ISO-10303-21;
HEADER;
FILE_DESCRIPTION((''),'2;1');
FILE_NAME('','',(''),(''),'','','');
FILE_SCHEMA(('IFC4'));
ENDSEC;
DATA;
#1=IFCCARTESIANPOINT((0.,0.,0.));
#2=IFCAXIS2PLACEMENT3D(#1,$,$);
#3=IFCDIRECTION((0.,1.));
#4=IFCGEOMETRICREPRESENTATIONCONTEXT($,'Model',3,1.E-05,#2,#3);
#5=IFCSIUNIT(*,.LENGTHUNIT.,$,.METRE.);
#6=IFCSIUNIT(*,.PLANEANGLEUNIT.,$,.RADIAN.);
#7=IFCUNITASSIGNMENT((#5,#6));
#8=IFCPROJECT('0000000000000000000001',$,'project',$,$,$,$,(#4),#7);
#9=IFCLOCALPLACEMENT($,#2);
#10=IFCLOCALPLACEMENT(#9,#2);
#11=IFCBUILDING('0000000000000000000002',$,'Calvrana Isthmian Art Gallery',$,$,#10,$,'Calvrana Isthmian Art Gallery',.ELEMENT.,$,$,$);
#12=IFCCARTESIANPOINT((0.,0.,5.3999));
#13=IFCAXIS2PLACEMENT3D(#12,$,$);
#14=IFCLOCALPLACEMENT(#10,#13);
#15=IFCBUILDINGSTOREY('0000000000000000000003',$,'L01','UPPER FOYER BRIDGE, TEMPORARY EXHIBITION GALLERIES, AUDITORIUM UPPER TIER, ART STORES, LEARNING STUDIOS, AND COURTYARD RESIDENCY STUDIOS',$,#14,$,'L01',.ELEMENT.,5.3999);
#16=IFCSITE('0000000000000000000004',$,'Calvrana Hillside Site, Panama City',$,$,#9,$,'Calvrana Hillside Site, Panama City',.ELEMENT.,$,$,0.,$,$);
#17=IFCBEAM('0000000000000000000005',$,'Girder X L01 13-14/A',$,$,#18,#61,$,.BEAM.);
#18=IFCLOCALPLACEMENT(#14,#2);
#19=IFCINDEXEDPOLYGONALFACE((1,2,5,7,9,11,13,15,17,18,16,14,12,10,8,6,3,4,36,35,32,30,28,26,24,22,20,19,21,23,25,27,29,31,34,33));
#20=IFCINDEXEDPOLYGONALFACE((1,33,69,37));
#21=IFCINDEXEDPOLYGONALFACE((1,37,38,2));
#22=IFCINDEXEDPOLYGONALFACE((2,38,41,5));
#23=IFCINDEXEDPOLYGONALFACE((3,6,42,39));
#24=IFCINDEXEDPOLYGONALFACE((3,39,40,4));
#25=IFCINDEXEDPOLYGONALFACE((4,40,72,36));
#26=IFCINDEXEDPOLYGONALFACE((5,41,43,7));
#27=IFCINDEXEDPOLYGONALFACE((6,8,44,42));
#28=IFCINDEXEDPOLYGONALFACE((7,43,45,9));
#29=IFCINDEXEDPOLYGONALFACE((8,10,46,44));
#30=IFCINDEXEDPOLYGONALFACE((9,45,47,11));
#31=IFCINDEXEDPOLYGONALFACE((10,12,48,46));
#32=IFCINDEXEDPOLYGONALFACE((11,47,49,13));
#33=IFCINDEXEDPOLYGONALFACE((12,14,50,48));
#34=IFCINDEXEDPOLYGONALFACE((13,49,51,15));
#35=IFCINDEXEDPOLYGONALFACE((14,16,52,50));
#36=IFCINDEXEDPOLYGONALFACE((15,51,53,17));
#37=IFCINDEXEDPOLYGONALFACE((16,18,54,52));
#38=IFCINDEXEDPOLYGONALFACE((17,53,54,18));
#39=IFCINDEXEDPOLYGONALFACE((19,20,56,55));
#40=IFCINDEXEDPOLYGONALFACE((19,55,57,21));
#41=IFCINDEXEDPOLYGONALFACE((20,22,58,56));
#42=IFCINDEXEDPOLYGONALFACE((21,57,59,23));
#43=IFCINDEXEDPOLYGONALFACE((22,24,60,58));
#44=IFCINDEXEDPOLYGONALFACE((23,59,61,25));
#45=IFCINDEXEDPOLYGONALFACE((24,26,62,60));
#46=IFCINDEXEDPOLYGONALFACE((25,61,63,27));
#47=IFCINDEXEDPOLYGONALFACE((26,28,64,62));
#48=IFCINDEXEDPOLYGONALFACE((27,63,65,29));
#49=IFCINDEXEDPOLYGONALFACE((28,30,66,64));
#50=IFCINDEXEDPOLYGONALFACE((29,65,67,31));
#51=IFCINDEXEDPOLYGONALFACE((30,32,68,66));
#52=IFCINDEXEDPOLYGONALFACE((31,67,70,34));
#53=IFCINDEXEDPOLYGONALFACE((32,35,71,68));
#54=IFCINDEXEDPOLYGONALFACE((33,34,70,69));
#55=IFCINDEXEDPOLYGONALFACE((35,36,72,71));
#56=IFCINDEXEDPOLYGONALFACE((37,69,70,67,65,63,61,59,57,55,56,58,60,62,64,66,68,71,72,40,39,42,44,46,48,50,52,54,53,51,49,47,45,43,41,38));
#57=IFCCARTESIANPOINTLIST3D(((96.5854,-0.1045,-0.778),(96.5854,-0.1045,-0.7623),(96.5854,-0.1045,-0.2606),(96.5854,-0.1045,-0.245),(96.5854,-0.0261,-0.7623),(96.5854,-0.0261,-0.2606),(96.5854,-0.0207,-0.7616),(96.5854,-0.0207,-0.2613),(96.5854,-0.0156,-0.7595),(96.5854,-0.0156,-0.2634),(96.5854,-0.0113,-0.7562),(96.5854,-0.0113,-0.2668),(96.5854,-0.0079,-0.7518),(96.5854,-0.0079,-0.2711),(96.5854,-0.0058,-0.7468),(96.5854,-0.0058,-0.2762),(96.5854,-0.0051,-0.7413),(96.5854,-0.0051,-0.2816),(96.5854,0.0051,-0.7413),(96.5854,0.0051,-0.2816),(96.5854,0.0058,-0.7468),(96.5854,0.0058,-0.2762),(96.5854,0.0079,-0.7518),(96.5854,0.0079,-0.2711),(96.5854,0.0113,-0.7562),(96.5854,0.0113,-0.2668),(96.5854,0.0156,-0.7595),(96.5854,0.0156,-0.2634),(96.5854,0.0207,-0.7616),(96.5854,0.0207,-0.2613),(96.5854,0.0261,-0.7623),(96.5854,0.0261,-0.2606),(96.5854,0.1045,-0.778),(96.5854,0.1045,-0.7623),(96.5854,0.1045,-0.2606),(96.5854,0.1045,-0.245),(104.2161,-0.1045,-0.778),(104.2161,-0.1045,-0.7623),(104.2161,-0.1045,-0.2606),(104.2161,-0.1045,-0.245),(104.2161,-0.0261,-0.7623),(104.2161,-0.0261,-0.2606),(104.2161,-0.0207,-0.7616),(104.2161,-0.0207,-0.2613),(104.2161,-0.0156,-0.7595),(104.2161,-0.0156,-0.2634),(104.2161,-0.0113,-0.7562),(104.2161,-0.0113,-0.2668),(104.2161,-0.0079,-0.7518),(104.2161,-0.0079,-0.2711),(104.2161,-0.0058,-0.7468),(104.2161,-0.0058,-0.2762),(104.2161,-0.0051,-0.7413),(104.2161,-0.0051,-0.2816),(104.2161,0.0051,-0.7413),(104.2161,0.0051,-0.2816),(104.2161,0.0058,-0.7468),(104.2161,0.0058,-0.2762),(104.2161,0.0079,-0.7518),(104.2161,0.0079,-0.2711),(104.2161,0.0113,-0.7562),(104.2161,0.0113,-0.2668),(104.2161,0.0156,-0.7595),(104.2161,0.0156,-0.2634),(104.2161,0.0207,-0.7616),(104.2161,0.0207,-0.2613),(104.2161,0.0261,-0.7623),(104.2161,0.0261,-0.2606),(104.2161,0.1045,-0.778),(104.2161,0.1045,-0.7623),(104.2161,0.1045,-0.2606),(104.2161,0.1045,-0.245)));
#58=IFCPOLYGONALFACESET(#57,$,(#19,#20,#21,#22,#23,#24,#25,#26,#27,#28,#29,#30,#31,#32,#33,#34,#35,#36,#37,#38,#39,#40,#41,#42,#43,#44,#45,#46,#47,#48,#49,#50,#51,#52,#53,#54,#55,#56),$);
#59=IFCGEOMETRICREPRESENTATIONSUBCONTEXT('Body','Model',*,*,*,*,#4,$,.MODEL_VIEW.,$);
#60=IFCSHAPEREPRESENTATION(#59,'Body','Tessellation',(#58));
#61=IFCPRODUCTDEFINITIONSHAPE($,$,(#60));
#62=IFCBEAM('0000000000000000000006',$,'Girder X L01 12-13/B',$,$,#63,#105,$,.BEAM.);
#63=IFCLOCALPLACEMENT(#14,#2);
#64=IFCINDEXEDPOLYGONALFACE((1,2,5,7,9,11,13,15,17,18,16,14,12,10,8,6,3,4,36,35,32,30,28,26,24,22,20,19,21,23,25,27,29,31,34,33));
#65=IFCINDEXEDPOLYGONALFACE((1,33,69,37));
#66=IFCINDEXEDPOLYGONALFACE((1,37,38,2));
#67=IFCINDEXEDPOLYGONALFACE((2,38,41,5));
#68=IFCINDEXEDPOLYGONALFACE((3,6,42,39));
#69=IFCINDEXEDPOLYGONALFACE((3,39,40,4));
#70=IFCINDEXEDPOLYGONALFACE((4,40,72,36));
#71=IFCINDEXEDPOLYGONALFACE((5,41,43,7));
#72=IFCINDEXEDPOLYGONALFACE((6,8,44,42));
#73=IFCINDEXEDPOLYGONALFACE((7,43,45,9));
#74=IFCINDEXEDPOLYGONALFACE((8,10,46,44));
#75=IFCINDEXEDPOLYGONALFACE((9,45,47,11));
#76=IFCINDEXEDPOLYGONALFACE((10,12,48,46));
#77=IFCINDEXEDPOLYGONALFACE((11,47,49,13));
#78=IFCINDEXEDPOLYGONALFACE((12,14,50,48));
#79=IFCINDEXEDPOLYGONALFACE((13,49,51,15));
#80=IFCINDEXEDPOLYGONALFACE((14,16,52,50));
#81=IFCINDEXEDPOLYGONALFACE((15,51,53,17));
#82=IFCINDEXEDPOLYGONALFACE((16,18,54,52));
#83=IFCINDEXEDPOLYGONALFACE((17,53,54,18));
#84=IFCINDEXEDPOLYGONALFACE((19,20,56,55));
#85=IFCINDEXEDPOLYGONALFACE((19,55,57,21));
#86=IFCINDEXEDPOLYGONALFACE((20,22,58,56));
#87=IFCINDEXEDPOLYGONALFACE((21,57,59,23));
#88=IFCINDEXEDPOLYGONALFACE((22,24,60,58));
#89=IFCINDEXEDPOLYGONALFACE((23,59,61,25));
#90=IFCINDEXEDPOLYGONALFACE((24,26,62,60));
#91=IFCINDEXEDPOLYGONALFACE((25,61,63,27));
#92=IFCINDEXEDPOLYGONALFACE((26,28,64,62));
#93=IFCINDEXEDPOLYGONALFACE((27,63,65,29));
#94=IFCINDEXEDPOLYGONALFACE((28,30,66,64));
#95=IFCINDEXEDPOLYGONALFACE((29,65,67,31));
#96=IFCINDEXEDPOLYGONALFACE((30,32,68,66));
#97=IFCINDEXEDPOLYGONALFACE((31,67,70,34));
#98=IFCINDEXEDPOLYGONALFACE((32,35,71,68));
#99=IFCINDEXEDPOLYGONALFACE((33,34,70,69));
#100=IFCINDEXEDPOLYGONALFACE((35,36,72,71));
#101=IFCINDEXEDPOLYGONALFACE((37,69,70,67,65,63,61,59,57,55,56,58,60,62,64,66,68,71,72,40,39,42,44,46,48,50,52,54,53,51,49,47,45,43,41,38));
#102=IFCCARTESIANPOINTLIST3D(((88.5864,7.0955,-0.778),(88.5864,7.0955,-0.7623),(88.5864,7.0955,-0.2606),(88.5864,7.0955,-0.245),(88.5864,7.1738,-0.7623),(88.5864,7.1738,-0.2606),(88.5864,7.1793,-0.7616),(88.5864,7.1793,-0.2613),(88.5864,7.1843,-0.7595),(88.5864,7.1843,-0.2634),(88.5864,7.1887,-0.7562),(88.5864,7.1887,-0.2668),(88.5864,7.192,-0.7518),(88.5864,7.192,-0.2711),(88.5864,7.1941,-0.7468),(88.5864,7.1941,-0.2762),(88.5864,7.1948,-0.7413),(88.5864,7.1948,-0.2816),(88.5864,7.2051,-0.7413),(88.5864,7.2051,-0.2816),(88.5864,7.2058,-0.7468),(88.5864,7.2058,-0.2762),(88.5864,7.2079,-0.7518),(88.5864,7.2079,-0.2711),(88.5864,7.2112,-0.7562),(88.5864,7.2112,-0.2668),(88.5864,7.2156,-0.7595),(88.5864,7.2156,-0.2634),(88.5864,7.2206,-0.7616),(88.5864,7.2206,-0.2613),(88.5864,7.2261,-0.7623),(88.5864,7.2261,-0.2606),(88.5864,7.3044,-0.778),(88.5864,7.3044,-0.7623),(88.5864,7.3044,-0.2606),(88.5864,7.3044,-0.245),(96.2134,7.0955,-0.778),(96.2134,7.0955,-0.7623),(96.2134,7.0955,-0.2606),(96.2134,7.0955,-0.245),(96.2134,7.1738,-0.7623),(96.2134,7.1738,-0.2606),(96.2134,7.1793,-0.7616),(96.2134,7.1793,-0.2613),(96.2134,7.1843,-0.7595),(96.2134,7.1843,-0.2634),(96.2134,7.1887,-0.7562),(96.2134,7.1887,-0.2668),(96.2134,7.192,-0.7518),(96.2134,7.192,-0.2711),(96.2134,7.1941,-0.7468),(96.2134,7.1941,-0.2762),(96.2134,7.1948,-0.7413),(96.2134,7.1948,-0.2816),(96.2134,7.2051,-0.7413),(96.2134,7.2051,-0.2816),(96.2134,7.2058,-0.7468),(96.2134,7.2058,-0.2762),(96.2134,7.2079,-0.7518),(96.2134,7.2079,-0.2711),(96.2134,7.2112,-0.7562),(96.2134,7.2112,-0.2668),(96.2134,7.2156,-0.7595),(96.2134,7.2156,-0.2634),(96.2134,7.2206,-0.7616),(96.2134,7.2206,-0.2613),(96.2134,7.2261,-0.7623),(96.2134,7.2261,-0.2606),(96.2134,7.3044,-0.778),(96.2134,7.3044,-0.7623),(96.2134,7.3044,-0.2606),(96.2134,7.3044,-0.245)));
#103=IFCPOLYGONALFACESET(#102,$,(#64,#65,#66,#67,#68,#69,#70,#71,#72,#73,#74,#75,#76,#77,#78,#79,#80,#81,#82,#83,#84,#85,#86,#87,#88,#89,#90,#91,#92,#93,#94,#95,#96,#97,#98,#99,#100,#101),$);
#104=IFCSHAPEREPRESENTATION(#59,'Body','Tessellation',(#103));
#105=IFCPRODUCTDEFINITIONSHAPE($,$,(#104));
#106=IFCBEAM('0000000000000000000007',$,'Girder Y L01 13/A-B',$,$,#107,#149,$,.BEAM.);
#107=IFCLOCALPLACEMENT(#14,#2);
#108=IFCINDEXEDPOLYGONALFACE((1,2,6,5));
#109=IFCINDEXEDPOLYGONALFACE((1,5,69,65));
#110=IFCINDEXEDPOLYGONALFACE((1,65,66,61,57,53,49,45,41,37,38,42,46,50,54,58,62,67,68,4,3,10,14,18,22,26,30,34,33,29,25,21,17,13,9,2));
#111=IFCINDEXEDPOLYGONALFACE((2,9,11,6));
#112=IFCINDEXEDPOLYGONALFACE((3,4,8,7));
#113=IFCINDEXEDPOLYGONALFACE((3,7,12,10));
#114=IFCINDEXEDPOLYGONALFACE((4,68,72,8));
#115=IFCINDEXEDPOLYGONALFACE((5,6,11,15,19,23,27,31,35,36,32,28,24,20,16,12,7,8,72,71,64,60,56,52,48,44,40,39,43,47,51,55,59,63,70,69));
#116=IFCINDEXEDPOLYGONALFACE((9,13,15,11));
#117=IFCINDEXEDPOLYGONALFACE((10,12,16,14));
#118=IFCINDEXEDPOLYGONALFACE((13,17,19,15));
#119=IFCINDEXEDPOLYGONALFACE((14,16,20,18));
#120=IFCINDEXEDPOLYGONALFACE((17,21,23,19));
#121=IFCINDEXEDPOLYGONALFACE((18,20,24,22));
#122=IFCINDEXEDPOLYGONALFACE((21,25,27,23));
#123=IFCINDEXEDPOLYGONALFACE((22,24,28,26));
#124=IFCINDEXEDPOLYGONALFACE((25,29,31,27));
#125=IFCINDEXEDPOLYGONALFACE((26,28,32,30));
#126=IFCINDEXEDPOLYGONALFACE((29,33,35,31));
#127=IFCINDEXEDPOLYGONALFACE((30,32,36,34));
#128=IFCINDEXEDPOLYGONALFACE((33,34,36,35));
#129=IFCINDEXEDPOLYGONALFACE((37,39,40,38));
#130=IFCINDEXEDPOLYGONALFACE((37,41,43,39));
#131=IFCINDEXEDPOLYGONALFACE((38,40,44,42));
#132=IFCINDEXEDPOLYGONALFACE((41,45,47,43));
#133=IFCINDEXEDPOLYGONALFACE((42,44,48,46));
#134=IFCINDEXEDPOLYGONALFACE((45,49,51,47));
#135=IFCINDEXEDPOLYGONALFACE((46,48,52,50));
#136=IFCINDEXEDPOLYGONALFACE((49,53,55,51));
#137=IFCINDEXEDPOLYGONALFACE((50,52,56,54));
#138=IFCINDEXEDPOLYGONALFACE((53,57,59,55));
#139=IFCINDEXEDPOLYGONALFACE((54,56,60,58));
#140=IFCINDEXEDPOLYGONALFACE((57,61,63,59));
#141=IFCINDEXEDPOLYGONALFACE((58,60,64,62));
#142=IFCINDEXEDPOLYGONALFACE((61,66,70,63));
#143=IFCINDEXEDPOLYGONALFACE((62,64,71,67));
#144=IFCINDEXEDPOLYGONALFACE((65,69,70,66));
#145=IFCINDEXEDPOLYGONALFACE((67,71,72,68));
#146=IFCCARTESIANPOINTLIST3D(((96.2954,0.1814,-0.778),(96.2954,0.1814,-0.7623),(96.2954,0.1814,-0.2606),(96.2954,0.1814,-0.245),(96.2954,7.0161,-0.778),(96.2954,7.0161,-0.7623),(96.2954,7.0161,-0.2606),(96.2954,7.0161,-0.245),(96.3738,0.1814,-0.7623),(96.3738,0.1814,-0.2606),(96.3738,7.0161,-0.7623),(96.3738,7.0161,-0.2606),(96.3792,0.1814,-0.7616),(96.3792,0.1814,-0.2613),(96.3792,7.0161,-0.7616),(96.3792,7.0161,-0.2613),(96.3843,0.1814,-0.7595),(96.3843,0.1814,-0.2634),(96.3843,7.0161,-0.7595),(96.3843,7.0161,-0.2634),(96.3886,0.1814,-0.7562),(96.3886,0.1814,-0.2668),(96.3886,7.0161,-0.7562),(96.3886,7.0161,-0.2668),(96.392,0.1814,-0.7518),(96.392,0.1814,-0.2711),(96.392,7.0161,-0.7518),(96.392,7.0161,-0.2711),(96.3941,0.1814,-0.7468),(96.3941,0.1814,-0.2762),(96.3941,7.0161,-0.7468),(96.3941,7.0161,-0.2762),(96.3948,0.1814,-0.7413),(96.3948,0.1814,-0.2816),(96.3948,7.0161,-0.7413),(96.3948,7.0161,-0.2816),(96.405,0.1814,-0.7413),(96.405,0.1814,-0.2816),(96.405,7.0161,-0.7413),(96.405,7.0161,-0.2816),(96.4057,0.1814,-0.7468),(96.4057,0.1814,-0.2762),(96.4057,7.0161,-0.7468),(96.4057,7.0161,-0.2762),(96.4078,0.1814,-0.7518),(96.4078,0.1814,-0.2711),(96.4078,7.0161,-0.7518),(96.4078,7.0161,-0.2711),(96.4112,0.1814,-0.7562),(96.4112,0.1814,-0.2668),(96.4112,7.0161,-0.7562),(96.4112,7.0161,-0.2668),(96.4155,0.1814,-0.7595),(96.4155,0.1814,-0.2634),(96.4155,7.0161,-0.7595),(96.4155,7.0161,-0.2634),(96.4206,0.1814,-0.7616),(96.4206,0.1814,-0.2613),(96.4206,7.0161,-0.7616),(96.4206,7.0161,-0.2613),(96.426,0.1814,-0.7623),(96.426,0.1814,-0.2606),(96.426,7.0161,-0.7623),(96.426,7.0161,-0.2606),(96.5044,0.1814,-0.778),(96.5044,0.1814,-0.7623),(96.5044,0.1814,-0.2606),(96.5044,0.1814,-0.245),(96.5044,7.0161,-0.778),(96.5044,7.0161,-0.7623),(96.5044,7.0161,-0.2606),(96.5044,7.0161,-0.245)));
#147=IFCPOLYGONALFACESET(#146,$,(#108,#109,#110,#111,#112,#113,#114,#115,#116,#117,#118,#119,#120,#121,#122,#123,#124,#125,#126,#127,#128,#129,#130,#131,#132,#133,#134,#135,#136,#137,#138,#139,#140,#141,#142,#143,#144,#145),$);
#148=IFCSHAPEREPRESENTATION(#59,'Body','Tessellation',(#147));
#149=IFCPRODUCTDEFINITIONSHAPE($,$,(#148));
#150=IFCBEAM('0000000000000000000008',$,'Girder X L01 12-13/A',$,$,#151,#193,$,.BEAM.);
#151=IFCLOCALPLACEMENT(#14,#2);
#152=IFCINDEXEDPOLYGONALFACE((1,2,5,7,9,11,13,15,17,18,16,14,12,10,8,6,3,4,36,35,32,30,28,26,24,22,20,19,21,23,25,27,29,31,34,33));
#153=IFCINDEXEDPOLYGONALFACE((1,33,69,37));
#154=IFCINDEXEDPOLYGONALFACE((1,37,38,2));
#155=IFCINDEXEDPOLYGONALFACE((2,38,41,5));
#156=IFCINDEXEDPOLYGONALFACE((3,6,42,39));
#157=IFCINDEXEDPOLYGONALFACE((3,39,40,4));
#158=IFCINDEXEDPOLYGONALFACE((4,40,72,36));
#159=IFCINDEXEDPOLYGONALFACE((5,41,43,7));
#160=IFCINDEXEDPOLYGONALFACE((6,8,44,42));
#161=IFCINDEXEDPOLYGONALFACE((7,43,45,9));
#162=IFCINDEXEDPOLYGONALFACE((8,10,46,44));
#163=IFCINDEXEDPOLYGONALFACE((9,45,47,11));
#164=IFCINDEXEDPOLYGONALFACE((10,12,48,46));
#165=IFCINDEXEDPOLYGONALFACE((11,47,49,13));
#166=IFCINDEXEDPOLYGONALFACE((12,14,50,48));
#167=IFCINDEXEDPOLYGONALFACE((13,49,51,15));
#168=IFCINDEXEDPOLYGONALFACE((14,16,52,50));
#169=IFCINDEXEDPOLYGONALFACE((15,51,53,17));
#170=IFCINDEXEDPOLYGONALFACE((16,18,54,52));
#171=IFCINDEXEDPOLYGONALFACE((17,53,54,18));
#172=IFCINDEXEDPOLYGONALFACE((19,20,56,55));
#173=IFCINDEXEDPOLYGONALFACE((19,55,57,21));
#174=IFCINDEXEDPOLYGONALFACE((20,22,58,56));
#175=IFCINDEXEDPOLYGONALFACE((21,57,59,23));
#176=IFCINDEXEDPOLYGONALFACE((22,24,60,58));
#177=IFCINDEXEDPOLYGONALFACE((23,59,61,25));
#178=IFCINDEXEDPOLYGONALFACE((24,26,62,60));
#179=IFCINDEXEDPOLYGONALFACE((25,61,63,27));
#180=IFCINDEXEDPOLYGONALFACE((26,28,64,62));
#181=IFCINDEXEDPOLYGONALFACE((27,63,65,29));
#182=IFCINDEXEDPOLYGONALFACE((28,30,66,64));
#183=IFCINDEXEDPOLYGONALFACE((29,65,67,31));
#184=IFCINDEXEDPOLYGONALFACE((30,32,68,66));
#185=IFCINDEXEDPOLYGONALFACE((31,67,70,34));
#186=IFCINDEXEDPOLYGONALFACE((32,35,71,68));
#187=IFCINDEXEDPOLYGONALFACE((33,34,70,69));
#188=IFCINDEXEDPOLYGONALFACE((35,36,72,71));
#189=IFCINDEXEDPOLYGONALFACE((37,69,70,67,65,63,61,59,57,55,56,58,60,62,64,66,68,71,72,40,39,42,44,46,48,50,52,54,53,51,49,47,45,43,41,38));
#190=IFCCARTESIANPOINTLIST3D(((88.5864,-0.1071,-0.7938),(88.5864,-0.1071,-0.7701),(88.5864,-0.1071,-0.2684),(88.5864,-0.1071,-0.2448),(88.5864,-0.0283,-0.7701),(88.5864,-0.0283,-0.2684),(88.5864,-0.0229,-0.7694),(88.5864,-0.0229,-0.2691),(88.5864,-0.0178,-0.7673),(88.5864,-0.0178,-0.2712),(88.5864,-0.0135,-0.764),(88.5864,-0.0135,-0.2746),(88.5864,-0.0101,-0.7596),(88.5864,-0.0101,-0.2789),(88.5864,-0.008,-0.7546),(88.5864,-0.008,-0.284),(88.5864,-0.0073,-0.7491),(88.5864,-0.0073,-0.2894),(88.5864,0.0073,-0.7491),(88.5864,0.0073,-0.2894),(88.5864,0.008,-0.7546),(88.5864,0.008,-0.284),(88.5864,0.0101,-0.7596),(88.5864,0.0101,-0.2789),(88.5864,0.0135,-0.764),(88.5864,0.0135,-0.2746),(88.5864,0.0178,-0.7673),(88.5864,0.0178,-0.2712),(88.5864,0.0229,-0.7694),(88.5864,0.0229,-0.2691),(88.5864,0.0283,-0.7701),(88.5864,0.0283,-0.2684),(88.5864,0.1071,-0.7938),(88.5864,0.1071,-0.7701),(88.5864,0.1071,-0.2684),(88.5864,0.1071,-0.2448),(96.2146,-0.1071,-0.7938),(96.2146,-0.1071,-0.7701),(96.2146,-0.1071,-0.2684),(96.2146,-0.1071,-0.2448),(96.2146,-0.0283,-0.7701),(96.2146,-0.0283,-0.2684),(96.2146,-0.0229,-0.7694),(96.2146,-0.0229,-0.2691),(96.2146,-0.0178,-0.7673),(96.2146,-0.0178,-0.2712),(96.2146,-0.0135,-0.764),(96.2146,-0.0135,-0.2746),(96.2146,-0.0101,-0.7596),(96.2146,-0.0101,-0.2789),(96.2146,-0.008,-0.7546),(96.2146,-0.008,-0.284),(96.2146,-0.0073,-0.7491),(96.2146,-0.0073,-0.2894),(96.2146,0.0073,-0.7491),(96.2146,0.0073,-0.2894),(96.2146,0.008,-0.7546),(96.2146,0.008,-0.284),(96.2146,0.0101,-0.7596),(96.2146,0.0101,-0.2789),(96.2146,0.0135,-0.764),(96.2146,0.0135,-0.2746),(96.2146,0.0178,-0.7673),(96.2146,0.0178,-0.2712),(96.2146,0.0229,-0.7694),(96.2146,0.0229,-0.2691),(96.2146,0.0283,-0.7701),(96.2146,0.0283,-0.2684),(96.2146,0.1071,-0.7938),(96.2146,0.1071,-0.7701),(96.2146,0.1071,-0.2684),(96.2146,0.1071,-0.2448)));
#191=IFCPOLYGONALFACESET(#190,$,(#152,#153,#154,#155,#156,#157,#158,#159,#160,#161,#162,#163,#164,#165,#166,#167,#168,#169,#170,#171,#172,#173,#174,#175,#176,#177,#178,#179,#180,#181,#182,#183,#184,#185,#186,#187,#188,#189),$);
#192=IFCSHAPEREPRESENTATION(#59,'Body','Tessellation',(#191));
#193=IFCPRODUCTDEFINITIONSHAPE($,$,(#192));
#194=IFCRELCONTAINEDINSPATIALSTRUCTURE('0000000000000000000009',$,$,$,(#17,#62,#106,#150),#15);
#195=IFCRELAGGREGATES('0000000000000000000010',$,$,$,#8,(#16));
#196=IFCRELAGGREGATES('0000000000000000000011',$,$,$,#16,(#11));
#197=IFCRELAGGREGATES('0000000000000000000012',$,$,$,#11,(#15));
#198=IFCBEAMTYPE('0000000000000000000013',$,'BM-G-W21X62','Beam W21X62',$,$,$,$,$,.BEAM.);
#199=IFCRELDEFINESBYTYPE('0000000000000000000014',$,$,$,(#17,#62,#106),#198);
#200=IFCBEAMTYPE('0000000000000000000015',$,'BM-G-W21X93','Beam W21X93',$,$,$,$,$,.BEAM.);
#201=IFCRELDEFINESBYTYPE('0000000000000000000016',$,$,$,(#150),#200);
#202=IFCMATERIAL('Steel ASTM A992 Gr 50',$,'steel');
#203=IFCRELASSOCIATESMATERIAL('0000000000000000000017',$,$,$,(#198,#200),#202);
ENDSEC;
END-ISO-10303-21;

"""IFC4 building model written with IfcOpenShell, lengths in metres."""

from ifc_helpers import new_model, si_unit, direction, frame, origin, origin_2d, place, context, subcontext, project, spatial, i_section, extrude, material, material_profile, profile_set, type_object, element, save


model = new_model("IFC4")

# Units and contexts
model_context = context("Model", 3, precision=1e-05, world=origin(), true_north=direction((0.0, 1.0)))
body_context = subcontext(model_context, "Body", "Model", "MODEL_VIEW")
ifc_project = project(units=[si_unit("LENGTHUNIT", "METRE"), si_unit("PLANEANGLEUNIT", "RADIAN")], contexts=[model_context])

# Site, building, storey
site_placement = place(None, origin())
site = spatial("IfcSite", under=ifc_project, at=site_placement, Name="Calvrana Hillside Site, Panama City", LongName="Calvrana Hillside Site, Panama City", CompositionType="ELEMENT", RefElevation=0.0)
building_placement = place(site_placement, origin())
building = spatial("IfcBuilding", under=site, at=building_placement, Name="Calvrana Isthmian Art Gallery", LongName="Calvrana Isthmian Art Gallery", CompositionType="ELEMENT")
storey_placement = place(building_placement, frame((0.0, 0.0, 5.3999)))
storey = spatial("IfcBuildingStorey", under=building, at=storey_placement, Name="L01", Description="UPPER FOYER BRIDGE, TEMPORARY EXHIBITION GALLERIES, AUDITORIUM UPPER TIER, ART STORES, LEARNING STUDIOS, AND COURTYARD RESIDENCY STUDIOS", LongName="L01", CompositionType="ELEMENT", Elevation=5.3999)

# Beams
ifc_material_1 = material(Name="Steel ASTM A992 Gr 50", Category="steel")
ifc_material_profile_1 = material_profile(ifc_material_1, i_section(OverallWidth=0.209, OverallDepth=0.533, WebThickness=0.0103, FlangeThickness=0.0156, FilletRadius=0.021, at=origin_2d()), Name="W21X62")
ifc_profile_set_1 = profile_set([ifc_material_profile_1], Name="Steel ASTM A992 Gr 50")
beam_type_1 = type_object("IfcBeamType", Name="BM-G-W21X62", Description="Beam W21X62", PredefinedType="BEAM", material=ifc_profile_set_1)
beam_1_placement = place(storey_placement, frame((96.5854, 0.0, -0.5115), z_axis=(1.0, 0.0, 0.0), x_axis=(0.0, 1.0, 0.0)))
element("IfcBeam", 1, at=beam_1_placement, inside=storey, type_object=beam_type_1, Name="Girder X L01 13-14/A", PredefinedType="BEAM", context=body_context, shape_type="SweptSolid", body=[
    extrude(i_section(OverallWidth=0.209, OverallDepth=0.533, WebThickness=0.0103, FlangeThickness=0.0156, FilletRadius=0.021, at=origin_2d()), origin(), (0.0, 0.0, 1.0), 7.6306),
])
beam_2_placement = place(storey_placement, frame((88.5864, 7.2, -0.5115), z_axis=(1.0, 0.0, 0.0), x_axis=(0.0, 1.0, 0.0)))
element("IfcBeam", 2, at=beam_2_placement, inside=storey, type_object=beam_type_1, Name="Girder X L01 12-13/B", PredefinedType="BEAM", context=body_context, shape_type="SweptSolid", body=[
    extrude(i_section(OverallWidth=0.209, OverallDepth=0.533, WebThickness=0.0103, FlangeThickness=0.0156, FilletRadius=0.021, at=origin_2d()), origin(), (0.0, 0.0, 1.0), 7.627),
])
beam_3_placement = place(storey_placement, frame((96.3999, 0.1814, -0.5115), z_axis=(0.0, 1.0, 0.0), x_axis=(-1.0, 0.0, 0.0)))
element("IfcBeam", 3, at=beam_3_placement, inside=storey, type_object=beam_type_1, Name="Girder Y L01 13/A-B", PredefinedType="BEAM", context=body_context, shape_type="SweptSolid", body=[
    extrude(i_section(OverallWidth=0.209, OverallDepth=0.533, WebThickness=0.0103, FlangeThickness=0.0156, FilletRadius=0.021, at=origin_2d()), origin(), (0.0, 0.0, 1.0), 6.8347),
])
ifc_material_profile_2 = material_profile(ifc_material_1, i_section(OverallWidth=0.2141, OverallDepth=0.5491, WebThickness=0.0146, FlangeThickness=0.0237, FilletRadius=0.021, at=origin_2d()), Name="W21X93")
ifc_profile_set_2 = profile_set([ifc_material_profile_2], Name="Steel ASTM A992 Gr 50")
beam_type_2 = type_object("IfcBeamType", Name="BM-G-W21X93", Description="Beam W21X93", PredefinedType="BEAM", material=ifc_profile_set_2)
beam_4_placement = place(storey_placement, frame((88.5864, 0.0, -0.5193), z_axis=(1.0, 0.0, 0.0), x_axis=(0.0, 1.0, 0.0)))
element("IfcBeam", 4, at=beam_4_placement, inside=storey, type_object=beam_type_2, Name="Girder X L01 12-13/A", PredefinedType="BEAM", context=body_context, shape_type="SweptSolid", body=[
    extrude(i_section(OverallWidth=0.2141, OverallDepth=0.5491, WebThickness=0.0146, FlangeThickness=0.0237, FilletRadius=0.021, at=origin_2d()), origin(), (0.0, 0.0, 1.0), 7.6282),
])

save(model, "model.ifc")
